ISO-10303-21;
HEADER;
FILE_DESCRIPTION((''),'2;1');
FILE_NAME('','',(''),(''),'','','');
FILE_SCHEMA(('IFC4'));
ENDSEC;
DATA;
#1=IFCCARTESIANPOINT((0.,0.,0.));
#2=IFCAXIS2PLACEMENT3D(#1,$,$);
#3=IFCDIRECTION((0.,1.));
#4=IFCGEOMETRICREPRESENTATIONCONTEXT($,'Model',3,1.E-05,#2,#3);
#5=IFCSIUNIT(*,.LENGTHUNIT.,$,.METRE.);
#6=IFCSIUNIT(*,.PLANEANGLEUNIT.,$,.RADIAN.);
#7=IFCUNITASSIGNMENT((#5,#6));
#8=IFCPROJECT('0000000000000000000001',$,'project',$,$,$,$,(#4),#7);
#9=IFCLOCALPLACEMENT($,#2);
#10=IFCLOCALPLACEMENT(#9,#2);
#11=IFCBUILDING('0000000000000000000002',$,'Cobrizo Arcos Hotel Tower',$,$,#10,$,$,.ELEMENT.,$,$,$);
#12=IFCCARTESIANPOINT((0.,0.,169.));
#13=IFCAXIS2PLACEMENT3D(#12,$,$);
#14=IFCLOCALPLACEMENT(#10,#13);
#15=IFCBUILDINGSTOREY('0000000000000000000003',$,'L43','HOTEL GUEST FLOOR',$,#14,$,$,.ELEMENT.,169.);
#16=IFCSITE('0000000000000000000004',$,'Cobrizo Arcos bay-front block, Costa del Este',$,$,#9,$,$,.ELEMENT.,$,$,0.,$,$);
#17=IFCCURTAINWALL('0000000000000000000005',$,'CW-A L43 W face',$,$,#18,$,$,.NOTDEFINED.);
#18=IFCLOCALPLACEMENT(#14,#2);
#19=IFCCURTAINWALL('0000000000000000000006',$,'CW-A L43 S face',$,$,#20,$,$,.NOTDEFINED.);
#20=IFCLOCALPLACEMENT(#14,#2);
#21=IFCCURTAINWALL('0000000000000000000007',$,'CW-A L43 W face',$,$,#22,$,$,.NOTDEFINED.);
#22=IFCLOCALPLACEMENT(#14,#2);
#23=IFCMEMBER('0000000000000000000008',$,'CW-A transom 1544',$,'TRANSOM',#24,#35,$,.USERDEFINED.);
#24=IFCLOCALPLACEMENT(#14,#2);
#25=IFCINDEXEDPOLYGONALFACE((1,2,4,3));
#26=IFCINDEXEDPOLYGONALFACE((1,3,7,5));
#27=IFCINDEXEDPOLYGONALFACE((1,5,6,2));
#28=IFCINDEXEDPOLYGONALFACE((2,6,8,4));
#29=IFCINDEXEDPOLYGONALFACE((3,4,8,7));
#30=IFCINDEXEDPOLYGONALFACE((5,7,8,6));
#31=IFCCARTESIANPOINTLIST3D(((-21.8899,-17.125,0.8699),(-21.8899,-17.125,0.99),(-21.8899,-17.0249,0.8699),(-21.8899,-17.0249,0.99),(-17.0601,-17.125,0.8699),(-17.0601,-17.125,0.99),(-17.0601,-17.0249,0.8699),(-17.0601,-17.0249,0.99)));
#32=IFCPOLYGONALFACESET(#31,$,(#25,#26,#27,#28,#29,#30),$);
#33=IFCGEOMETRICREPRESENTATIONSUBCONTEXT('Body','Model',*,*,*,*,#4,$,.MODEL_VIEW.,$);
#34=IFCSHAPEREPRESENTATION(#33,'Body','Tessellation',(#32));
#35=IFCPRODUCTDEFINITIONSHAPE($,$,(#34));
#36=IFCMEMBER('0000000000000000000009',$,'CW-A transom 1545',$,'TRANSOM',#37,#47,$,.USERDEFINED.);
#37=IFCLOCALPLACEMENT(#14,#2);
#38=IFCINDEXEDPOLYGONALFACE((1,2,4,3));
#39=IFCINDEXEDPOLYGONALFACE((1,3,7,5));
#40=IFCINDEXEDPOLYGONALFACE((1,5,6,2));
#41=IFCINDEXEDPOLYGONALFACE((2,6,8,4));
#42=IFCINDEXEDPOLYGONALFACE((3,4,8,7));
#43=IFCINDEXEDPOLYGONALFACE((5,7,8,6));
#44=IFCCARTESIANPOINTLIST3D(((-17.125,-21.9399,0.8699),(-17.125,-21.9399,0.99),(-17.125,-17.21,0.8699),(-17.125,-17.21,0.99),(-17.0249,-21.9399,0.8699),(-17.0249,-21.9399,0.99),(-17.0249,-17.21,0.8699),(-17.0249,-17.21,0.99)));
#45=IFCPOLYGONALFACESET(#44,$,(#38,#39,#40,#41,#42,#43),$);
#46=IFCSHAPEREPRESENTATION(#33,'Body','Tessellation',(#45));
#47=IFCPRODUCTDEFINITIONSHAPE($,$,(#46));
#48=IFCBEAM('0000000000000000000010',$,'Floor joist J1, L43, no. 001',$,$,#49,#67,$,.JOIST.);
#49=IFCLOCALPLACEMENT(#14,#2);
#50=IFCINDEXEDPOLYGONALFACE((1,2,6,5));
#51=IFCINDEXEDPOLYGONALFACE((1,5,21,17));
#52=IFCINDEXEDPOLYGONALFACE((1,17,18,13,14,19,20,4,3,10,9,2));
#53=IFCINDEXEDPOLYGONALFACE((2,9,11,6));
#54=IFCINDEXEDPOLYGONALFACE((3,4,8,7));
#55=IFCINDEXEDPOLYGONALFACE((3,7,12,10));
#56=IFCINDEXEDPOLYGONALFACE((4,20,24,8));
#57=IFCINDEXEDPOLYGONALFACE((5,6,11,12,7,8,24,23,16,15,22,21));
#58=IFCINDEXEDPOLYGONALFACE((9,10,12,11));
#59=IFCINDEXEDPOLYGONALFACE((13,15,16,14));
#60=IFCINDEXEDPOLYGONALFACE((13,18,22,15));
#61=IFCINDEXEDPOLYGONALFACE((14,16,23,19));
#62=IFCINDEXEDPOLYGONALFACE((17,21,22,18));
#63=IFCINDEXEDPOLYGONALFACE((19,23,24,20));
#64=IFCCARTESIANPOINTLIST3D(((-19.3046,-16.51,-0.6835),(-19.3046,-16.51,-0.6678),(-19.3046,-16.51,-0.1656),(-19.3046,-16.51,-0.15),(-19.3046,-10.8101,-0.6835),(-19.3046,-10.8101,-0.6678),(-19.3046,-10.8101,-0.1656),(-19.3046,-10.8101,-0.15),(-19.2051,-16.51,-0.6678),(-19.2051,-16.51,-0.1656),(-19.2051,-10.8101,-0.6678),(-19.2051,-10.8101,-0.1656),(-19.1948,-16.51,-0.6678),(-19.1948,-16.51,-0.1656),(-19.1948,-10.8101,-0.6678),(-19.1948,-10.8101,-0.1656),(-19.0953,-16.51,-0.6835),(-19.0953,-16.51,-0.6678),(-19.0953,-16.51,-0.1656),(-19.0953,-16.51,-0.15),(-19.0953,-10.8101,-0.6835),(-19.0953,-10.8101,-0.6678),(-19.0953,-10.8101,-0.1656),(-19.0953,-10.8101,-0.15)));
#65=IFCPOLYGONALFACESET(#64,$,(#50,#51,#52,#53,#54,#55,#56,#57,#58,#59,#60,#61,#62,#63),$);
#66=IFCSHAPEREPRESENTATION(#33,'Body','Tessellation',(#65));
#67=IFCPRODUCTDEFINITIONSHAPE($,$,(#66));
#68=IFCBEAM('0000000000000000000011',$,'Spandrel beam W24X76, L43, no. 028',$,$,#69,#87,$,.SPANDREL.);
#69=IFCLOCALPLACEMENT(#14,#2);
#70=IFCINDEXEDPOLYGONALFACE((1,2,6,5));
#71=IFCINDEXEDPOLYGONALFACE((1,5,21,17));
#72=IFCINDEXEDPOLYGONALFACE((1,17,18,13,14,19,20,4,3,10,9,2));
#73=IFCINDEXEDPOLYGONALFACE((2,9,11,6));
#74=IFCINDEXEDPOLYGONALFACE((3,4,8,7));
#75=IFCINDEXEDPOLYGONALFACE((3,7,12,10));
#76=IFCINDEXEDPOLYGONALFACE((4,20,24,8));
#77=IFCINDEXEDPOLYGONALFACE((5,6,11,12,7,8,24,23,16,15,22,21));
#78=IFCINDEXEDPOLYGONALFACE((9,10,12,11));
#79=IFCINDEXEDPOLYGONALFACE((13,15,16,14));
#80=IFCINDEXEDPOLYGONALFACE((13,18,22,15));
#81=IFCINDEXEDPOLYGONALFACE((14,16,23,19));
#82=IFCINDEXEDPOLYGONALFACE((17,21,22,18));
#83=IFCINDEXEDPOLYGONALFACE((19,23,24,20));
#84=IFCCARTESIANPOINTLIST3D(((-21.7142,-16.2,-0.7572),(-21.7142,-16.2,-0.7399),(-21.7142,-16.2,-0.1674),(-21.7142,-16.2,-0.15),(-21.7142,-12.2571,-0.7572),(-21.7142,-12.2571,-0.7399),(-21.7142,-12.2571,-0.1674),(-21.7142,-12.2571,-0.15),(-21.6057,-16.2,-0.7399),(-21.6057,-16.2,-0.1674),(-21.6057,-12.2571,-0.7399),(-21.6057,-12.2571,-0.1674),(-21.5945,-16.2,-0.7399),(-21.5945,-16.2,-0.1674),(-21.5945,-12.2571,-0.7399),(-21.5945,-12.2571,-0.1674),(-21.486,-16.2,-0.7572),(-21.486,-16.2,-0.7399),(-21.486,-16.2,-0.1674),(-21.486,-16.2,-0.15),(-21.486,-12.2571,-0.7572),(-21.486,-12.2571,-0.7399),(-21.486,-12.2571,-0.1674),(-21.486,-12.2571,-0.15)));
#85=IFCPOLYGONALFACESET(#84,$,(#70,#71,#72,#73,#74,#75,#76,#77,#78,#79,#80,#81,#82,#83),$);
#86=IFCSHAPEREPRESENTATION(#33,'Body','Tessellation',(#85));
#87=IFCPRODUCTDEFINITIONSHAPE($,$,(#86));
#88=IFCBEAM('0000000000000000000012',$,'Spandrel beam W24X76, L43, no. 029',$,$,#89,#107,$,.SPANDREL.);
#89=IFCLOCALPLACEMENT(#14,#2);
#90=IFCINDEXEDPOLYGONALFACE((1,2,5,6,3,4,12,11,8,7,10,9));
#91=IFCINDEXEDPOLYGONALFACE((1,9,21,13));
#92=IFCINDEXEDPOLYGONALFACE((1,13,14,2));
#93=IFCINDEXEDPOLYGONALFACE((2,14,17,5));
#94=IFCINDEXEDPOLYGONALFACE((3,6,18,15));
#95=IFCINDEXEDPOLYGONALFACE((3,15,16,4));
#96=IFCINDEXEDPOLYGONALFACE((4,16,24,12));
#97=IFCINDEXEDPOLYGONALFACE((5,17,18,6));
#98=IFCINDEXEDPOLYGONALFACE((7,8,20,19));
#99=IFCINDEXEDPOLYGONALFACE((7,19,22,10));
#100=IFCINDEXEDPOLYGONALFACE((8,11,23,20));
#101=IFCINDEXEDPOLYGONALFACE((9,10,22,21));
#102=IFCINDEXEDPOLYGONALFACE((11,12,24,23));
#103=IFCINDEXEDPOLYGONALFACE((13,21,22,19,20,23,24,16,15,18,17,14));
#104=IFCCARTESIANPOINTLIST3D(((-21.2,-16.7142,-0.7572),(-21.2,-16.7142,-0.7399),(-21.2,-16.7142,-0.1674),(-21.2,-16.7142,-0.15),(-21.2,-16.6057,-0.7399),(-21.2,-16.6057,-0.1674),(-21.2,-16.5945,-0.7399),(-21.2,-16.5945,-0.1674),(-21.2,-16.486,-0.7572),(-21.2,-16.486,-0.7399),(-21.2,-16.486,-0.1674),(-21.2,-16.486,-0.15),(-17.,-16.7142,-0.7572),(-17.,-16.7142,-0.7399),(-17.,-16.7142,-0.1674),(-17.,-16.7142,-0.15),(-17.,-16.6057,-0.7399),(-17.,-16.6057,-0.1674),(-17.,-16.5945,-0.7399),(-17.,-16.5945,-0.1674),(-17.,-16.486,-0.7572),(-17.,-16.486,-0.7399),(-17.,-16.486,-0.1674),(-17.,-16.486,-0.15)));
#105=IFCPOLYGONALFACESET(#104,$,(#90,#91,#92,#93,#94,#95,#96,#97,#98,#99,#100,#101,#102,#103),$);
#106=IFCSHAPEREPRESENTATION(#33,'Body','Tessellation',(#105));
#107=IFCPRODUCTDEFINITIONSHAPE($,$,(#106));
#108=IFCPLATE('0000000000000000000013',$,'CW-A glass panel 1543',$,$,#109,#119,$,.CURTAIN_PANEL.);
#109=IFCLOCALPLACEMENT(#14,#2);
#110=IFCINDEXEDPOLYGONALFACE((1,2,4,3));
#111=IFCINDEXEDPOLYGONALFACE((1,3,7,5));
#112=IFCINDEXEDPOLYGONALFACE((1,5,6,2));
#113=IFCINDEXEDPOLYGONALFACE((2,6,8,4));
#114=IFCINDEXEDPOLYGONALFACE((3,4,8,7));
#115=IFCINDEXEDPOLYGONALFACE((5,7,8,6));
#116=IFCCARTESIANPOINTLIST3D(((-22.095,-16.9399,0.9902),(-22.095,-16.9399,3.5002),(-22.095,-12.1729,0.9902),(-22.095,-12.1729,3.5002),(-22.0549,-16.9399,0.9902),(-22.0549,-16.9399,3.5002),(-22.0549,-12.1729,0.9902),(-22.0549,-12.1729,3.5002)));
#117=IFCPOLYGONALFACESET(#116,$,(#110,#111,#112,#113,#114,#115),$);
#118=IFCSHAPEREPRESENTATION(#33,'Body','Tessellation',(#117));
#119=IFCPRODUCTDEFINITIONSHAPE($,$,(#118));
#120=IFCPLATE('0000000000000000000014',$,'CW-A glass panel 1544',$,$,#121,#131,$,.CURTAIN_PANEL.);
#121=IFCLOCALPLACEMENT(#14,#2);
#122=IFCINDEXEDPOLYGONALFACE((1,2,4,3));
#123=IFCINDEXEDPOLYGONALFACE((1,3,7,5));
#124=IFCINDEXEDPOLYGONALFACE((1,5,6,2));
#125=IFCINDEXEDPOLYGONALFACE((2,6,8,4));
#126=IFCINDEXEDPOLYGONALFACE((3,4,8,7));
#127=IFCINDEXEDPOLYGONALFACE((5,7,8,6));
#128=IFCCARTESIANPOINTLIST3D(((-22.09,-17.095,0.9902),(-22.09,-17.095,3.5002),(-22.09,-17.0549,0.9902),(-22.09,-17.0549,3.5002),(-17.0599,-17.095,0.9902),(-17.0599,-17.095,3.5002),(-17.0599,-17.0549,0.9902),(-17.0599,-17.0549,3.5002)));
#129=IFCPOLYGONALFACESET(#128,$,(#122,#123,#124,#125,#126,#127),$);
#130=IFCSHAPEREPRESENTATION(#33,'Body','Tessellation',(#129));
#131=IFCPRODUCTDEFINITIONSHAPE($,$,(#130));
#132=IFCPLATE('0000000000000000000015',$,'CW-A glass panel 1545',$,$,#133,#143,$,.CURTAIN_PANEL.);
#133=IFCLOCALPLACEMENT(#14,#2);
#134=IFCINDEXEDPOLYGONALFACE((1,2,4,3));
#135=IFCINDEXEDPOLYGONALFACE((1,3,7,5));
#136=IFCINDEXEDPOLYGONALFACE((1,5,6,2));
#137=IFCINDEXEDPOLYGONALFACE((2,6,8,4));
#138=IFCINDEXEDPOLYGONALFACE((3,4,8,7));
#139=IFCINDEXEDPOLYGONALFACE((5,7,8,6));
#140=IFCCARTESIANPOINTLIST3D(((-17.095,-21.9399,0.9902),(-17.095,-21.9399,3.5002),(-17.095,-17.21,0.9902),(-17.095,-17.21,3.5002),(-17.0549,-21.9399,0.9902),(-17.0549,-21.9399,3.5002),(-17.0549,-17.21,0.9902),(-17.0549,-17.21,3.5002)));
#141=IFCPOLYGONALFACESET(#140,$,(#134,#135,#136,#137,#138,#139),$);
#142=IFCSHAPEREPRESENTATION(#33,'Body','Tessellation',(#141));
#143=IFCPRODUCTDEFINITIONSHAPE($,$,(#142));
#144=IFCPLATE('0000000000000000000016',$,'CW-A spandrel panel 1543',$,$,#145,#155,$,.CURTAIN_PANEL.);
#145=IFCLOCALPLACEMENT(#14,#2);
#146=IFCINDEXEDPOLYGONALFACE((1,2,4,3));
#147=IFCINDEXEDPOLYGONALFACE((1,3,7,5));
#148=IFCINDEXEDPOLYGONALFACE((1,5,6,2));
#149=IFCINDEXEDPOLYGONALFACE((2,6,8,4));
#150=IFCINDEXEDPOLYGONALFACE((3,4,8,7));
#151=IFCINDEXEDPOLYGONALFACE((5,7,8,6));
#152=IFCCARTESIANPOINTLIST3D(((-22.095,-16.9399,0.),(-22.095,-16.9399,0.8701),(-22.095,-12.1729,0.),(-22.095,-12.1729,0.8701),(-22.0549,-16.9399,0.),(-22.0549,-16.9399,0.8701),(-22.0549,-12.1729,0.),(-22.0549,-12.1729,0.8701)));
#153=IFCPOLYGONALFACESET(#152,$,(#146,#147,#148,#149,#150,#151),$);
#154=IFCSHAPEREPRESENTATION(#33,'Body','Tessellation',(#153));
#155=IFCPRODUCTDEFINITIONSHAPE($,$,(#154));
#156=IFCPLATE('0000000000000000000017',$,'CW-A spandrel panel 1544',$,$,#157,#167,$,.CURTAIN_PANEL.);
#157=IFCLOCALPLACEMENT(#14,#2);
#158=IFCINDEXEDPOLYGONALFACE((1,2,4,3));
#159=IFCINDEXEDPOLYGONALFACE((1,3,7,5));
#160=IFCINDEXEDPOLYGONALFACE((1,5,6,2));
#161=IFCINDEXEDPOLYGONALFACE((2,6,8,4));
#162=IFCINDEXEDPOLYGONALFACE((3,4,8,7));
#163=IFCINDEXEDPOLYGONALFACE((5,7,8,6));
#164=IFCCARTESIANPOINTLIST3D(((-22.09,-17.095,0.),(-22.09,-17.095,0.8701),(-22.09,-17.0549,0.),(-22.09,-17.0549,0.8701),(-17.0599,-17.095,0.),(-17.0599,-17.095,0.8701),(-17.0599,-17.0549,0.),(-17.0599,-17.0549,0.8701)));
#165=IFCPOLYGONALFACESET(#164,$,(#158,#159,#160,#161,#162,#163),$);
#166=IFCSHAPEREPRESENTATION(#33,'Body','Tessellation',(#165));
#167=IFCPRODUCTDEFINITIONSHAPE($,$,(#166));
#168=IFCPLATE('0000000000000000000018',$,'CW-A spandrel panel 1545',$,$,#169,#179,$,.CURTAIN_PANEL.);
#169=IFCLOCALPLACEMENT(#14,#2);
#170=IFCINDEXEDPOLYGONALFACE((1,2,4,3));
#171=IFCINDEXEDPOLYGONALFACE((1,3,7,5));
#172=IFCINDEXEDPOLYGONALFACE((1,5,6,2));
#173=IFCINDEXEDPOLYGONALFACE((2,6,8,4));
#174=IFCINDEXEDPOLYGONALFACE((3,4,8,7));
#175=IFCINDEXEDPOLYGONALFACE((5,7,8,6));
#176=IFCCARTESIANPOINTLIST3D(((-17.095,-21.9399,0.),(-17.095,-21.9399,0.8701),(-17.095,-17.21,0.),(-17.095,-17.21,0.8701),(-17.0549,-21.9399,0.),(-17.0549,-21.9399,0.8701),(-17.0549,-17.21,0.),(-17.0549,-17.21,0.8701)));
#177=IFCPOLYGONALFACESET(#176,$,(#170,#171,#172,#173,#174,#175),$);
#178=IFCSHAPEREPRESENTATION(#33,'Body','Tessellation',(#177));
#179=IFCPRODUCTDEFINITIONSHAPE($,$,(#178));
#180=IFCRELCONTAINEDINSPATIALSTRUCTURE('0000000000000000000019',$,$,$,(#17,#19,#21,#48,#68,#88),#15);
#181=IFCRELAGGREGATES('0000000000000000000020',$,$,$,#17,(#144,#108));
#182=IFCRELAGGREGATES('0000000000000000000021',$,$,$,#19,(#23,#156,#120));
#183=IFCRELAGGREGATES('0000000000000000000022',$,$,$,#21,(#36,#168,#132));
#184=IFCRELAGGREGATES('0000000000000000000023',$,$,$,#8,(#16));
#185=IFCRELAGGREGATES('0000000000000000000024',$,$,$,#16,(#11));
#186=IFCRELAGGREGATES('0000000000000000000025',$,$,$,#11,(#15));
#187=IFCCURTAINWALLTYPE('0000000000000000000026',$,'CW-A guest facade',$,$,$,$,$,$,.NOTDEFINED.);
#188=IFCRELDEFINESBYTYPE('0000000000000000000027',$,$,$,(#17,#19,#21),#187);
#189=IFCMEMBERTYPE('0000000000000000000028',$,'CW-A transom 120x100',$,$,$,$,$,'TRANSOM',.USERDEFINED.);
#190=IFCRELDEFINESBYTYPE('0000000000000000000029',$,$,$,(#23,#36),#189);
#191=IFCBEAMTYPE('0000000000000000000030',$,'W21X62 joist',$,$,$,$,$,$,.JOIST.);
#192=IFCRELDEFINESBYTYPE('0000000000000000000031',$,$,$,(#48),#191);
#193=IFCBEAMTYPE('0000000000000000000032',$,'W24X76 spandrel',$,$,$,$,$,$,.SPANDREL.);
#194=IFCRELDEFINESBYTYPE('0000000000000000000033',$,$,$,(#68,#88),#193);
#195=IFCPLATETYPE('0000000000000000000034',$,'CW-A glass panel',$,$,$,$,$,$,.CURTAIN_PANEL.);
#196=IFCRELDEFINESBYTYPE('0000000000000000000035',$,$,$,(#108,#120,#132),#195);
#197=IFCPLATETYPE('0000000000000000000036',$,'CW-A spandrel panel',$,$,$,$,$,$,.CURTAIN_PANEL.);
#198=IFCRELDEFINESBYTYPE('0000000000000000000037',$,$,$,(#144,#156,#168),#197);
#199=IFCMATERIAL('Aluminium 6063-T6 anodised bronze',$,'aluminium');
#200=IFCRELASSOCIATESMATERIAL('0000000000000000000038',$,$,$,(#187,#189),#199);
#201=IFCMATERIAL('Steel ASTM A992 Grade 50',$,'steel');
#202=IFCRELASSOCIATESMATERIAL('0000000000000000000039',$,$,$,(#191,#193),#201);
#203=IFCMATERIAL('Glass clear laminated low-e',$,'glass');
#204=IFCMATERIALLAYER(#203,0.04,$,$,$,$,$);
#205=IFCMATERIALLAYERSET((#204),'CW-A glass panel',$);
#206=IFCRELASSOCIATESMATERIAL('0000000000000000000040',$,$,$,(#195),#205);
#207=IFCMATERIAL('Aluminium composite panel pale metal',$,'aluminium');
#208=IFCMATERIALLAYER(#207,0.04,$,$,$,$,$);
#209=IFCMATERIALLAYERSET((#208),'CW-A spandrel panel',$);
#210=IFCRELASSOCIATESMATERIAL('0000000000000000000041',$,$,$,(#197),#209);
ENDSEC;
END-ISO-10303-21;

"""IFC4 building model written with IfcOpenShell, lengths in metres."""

from ifc_helpers import new_model, si_unit, direction, frame, origin, origin_2d, place, context, subcontext, project, spatial, rectangle, i_section, extrude, material, layer, layer_set, material_profile, profile_set, type_object, element, aggregate, save


model = new_model("IFC4")

# Units and contexts
model_context = context("Model", 3, precision=1e-05, world=origin(), true_north=direction((0.0, 1.0)))
body_context = subcontext(model_context, "Body", "Model", "MODEL_VIEW")
ifc_project = project(units=[si_unit("LENGTHUNIT", "METRE"), si_unit("PLANEANGLEUNIT", "RADIAN")], contexts=[model_context])

# Site, building, storey
site_placement = place(None, origin())
site = spatial("IfcSite", under=ifc_project, at=site_placement, Name="Cobrizo Arcos bay-front block, Costa del Este", CompositionType="ELEMENT", RefElevation=0.0)
building_placement = place(site_placement, origin())
building = spatial("IfcBuilding", under=site, at=building_placement, Name="Cobrizo Arcos Hotel Tower", CompositionType="ELEMENT")
storey_placement = place(building_placement, frame((0.0, 0.0, 169.0)))
storey = spatial("IfcBuildingStorey", under=building, at=storey_placement, Name="L43", Description="HOTEL GUEST FLOOR", CompositionType="ELEMENT", Elevation=169.0)

# Shared definitions
ifc_material_1 = material(Name="Aluminium 6063-T6 anodised bronze", Category="aluminium")
curtain_wall_type = type_object("IfcCurtainWallType", Name="CW-A guest facade", PredefinedType="NOTDEFINED", material=ifc_material_1)

# Curtain walls
curtain_wall_1_placement = place(storey_placement, origin())
curtain_wall_1 = element("IfcCurtainWall", 1, at=curtain_wall_1_placement, inside=storey, type_object=curtain_wall_type, Name="CW-A L43 W face", PredefinedType="NOTDEFINED")
curtain_wall_2_placement = place(storey_placement, origin())
curtain_wall_2 = element("IfcCurtainWall", 2, at=curtain_wall_2_placement, inside=storey, type_object=curtain_wall_type, Name="CW-A L43 S face", PredefinedType="NOTDEFINED")
curtain_wall_3_placement = place(storey_placement, origin())
curtain_wall_3 = element("IfcCurtainWall", 3, at=curtain_wall_3_placement, inside=storey, type_object=curtain_wall_type, Name="CW-A L43 W face", PredefinedType="NOTDEFINED")

# Members
ifc_material_profile_1 = material_profile(ifc_material_1, rectangle(XDim=0.1001, YDim=0.1201, at=origin_2d()), Name="CW-A transom 120x100")
ifc_profile_set_1 = profile_set([ifc_material_profile_1], Name="Aluminium 6063-T6 anodised bronze")
member_type_1 = type_object("IfcMemberType", Name="CW-A transom 120x100", ElementType="TRANSOM", PredefinedType="USERDEFINED", material=ifc_profile_set_1)
member_1_placement = place(storey_placement, frame((-21.8899, -17.075, 0.9299), z_axis=(1.0, 0.0, 0.0), x_axis=(0.0, 1.0, 0.0)))
member_1 = element("IfcMember", 4, at=member_1_placement, type_object=member_type_1, Name="CW-A transom 1544", ObjectType="TRANSOM", PredefinedType="USERDEFINED", context=body_context, shape_type="SweptSolid", body=[
    extrude(rectangle(XDim=0.1001, YDim=0.1201, at=origin_2d()), origin(), (0.0, 0.0, 1.0), 4.8298),
])
member_2_placement = place(storey_placement, frame((-17.075, -17.21, 0.9299), z_axis=(0.0, -1.0, 0.0), x_axis=(1.0, 0.0, 0.0)))
member_2 = element("IfcMember", 5, at=member_2_placement, type_object=member_type_1, Name="CW-A transom 1545", ObjectType="TRANSOM", PredefinedType="USERDEFINED", context=body_context, shape_type="SweptSolid", body=[
    extrude(rectangle(XDim=0.1001, YDim=0.1201, at=origin_2d()), origin(), (0.0, 0.0, 1.0), 4.73),
])

# Beams
ifc_material_2 = material(Name="Steel ASTM A992 Grade 50", Category="steel")
ifc_material_profile_2 = material_profile(ifc_material_2, i_section(OverallWidth=0.2092, OverallDepth=0.5334, WebThickness=0.0103, FlangeThickness=0.0156, at=origin_2d()), Name="W21X62")
ifc_profile_set_2 = profile_set([ifc_material_profile_2], Name="Steel ASTM A992 Grade 50")
beam_type_1 = type_object("IfcBeamType", Name="W21X62 joist", PredefinedType="JOIST", material=ifc_profile_set_2)
beam_1_placement = place(storey_placement, frame((-19.2, -16.51, -0.4167), z_axis=(0.0, 1.0, 0.0), x_axis=(-1.0, 0.0, 0.0)))
element("IfcBeam", 6, at=beam_1_placement, inside=storey, type_object=beam_type_1, Name="Floor joist J1, L43, no. 001", PredefinedType="JOIST", context=body_context, shape_type="SweptSolid", body=[
    extrude(i_section(OverallWidth=0.2092, OverallDepth=0.5334, WebThickness=0.0103, FlangeThickness=0.0156, at=origin_2d()), origin(), (0.0, 0.0, 1.0), 5.7),
])
ifc_material_profile_3 = material_profile(ifc_material_2, i_section(OverallWidth=0.2283, OverallDepth=0.6072, WebThickness=0.0112, FlangeThickness=0.0173, at=origin_2d()), Name="W24X76")
ifc_profile_set_3 = profile_set([ifc_material_profile_3], Name="Steel ASTM A992 Grade 50")
beam_type_2 = type_object("IfcBeamType", Name="W24X76 spandrel", PredefinedType="SPANDREL", material=ifc_profile_set_3)
beam_2_placement = place(storey_placement, frame((-21.6001, -12.2571, -0.4536), z_axis=(0.0, -1.0, 0.0), x_axis=(1.0, 0.0, 0.0)))
element("IfcBeam", 7, at=beam_2_placement, inside=storey, type_object=beam_type_2, Name="Spandrel beam W24X76, L43, no. 028", PredefinedType="SPANDREL", context=body_context, shape_type="SweptSolid", body=[
    extrude(i_section(OverallWidth=0.2283, OverallDepth=0.6072, WebThickness=0.0112, FlangeThickness=0.0173, at=origin_2d()), origin(), (0.0, 0.0, 1.0), 3.9429),
])
beam_3_placement = place(storey_placement, frame((-21.2, -16.6001, -0.4536), z_axis=(1.0, 0.0, 0.0), x_axis=(0.0, 1.0, 0.0)))
element("IfcBeam", 8, at=beam_3_placement, inside=storey, type_object=beam_type_2, Name="Spandrel beam W24X76, L43, no. 029", PredefinedType="SPANDREL", context=body_context, shape_type="SweptSolid", body=[
    extrude(i_section(OverallWidth=0.2283, OverallDepth=0.6072, WebThickness=0.0112, FlangeThickness=0.0173, at=origin_2d()), origin(), (0.0, 0.0, 1.0), 4.2),
])

# Plates
ifc_material_3 = material(Name="Glass clear laminated low-e", Category="glass")
ifc_layer_1 = layer(ifc_material_3, 0.04)
ifc_layer_set_1 = layer_set([ifc_layer_1], Name="CW-A glass panel")
plate_type_1 = type_object("IfcPlateType", Name="CW-A glass panel", PredefinedType="CURTAIN_PANEL", material=ifc_layer_set_1)
plate_1_placement = place(storey_placement, frame((-22.075, -14.5564, 0.9902), z_axis=(0.0, 0.0, 1.0), x_axis=(0.0, -1.0, 0.0)))
plate_1 = element("IfcPlate", 9, at=plate_1_placement, type_object=plate_type_1, Name="CW-A glass panel 1543", PredefinedType="CURTAIN_PANEL", context=body_context, shape_type="SweptSolid", body=[
    extrude(rectangle(XDim=4.7671, YDim=0.04, at=origin_2d()), origin(), (0.0, 0.0, 1.0), 2.51),
])
plate_2_placement = place(storey_placement, frame((-19.575, -17.075, 0.9902), z_axis=(0.0, 0.0, 1.0), x_axis=(1.0, 0.0, 0.0)))
plate_2 = element("IfcPlate", 10, at=plate_2_placement, type_object=plate_type_1, Name="CW-A glass panel 1544", PredefinedType="CURTAIN_PANEL", context=body_context, shape_type="SweptSolid", body=[
    extrude(rectangle(XDim=5.03, YDim=0.04, at=origin_2d()), origin(), (0.0, 0.0, 1.0), 2.51),
])
plate_3_placement = place(storey_placement, frame((-17.075, -19.575, 0.9902), z_axis=(0.0, 0.0, 1.0), x_axis=(0.0, -1.0, 0.0)))
plate_3 = element("IfcPlate", 11, at=plate_3_placement, type_object=plate_type_1, Name="CW-A glass panel 1545", PredefinedType="CURTAIN_PANEL", context=body_context, shape_type="SweptSolid", body=[
    extrude(rectangle(XDim=4.73, YDim=0.04, at=origin_2d()), origin(), (0.0, 0.0, 1.0), 2.51),
])
ifc_material_4 = material(Name="Aluminium composite panel pale metal", Category="aluminium")
ifc_layer_2 = layer(ifc_material_4, 0.04)
ifc_layer_set_2 = layer_set([ifc_layer_2], Name="CW-A spandrel panel")
plate_type_2 = type_object("IfcPlateType", Name="CW-A spandrel panel", PredefinedType="CURTAIN_PANEL", material=ifc_layer_set_2)
plate_4_placement = place(storey_placement, frame((-22.075, -14.5564, 0.0), z_axis=(0.0, 0.0, 1.0), x_axis=(0.0, -1.0, 0.0)))
plate_4 = element("IfcPlate", 12, at=plate_4_placement, type_object=plate_type_2, Name="CW-A spandrel panel 1543", PredefinedType="CURTAIN_PANEL", context=body_context, shape_type="SweptSolid", body=[
    extrude(rectangle(XDim=4.7671, YDim=0.04, at=origin_2d()), origin(), (0.0, 0.0, 1.0), 0.8701),
])
aggregate(curtain_wall_1, [plate_4, plate_1])
plate_5_placement = place(storey_placement, frame((-19.575, -17.075, 0.0), z_axis=(0.0, 0.0, 1.0), x_axis=(1.0, 0.0, 0.0)))
plate_5 = element("IfcPlate", 13, at=plate_5_placement, type_object=plate_type_2, Name="CW-A spandrel panel 1544", PredefinedType="CURTAIN_PANEL", context=body_context, shape_type="SweptSolid", body=[
    extrude(rectangle(XDim=5.03, YDim=0.04, at=origin_2d()), origin(), (0.0, 0.0, 1.0), 0.8701),
])
aggregate(curtain_wall_2, [member_1, plate_5, plate_2])
plate_6_placement = place(storey_placement, frame((-17.075, -19.575, 0.0), z_axis=(0.0, 0.0, 1.0), x_axis=(0.0, -1.0, 0.0)))
plate_6 = element("IfcPlate", 14, at=plate_6_placement, type_object=plate_type_2, Name="CW-A spandrel panel 1545", PredefinedType="CURTAIN_PANEL", context=body_context, shape_type="SweptSolid", body=[
    extrude(rectangle(XDim=4.73, YDim=0.04, at=origin_2d()), origin(), (0.0, 0.0, 1.0), 0.8701),
])
aggregate(curtain_wall_3, [member_2, plate_6, plate_3])

save(model, "model.ifc")
